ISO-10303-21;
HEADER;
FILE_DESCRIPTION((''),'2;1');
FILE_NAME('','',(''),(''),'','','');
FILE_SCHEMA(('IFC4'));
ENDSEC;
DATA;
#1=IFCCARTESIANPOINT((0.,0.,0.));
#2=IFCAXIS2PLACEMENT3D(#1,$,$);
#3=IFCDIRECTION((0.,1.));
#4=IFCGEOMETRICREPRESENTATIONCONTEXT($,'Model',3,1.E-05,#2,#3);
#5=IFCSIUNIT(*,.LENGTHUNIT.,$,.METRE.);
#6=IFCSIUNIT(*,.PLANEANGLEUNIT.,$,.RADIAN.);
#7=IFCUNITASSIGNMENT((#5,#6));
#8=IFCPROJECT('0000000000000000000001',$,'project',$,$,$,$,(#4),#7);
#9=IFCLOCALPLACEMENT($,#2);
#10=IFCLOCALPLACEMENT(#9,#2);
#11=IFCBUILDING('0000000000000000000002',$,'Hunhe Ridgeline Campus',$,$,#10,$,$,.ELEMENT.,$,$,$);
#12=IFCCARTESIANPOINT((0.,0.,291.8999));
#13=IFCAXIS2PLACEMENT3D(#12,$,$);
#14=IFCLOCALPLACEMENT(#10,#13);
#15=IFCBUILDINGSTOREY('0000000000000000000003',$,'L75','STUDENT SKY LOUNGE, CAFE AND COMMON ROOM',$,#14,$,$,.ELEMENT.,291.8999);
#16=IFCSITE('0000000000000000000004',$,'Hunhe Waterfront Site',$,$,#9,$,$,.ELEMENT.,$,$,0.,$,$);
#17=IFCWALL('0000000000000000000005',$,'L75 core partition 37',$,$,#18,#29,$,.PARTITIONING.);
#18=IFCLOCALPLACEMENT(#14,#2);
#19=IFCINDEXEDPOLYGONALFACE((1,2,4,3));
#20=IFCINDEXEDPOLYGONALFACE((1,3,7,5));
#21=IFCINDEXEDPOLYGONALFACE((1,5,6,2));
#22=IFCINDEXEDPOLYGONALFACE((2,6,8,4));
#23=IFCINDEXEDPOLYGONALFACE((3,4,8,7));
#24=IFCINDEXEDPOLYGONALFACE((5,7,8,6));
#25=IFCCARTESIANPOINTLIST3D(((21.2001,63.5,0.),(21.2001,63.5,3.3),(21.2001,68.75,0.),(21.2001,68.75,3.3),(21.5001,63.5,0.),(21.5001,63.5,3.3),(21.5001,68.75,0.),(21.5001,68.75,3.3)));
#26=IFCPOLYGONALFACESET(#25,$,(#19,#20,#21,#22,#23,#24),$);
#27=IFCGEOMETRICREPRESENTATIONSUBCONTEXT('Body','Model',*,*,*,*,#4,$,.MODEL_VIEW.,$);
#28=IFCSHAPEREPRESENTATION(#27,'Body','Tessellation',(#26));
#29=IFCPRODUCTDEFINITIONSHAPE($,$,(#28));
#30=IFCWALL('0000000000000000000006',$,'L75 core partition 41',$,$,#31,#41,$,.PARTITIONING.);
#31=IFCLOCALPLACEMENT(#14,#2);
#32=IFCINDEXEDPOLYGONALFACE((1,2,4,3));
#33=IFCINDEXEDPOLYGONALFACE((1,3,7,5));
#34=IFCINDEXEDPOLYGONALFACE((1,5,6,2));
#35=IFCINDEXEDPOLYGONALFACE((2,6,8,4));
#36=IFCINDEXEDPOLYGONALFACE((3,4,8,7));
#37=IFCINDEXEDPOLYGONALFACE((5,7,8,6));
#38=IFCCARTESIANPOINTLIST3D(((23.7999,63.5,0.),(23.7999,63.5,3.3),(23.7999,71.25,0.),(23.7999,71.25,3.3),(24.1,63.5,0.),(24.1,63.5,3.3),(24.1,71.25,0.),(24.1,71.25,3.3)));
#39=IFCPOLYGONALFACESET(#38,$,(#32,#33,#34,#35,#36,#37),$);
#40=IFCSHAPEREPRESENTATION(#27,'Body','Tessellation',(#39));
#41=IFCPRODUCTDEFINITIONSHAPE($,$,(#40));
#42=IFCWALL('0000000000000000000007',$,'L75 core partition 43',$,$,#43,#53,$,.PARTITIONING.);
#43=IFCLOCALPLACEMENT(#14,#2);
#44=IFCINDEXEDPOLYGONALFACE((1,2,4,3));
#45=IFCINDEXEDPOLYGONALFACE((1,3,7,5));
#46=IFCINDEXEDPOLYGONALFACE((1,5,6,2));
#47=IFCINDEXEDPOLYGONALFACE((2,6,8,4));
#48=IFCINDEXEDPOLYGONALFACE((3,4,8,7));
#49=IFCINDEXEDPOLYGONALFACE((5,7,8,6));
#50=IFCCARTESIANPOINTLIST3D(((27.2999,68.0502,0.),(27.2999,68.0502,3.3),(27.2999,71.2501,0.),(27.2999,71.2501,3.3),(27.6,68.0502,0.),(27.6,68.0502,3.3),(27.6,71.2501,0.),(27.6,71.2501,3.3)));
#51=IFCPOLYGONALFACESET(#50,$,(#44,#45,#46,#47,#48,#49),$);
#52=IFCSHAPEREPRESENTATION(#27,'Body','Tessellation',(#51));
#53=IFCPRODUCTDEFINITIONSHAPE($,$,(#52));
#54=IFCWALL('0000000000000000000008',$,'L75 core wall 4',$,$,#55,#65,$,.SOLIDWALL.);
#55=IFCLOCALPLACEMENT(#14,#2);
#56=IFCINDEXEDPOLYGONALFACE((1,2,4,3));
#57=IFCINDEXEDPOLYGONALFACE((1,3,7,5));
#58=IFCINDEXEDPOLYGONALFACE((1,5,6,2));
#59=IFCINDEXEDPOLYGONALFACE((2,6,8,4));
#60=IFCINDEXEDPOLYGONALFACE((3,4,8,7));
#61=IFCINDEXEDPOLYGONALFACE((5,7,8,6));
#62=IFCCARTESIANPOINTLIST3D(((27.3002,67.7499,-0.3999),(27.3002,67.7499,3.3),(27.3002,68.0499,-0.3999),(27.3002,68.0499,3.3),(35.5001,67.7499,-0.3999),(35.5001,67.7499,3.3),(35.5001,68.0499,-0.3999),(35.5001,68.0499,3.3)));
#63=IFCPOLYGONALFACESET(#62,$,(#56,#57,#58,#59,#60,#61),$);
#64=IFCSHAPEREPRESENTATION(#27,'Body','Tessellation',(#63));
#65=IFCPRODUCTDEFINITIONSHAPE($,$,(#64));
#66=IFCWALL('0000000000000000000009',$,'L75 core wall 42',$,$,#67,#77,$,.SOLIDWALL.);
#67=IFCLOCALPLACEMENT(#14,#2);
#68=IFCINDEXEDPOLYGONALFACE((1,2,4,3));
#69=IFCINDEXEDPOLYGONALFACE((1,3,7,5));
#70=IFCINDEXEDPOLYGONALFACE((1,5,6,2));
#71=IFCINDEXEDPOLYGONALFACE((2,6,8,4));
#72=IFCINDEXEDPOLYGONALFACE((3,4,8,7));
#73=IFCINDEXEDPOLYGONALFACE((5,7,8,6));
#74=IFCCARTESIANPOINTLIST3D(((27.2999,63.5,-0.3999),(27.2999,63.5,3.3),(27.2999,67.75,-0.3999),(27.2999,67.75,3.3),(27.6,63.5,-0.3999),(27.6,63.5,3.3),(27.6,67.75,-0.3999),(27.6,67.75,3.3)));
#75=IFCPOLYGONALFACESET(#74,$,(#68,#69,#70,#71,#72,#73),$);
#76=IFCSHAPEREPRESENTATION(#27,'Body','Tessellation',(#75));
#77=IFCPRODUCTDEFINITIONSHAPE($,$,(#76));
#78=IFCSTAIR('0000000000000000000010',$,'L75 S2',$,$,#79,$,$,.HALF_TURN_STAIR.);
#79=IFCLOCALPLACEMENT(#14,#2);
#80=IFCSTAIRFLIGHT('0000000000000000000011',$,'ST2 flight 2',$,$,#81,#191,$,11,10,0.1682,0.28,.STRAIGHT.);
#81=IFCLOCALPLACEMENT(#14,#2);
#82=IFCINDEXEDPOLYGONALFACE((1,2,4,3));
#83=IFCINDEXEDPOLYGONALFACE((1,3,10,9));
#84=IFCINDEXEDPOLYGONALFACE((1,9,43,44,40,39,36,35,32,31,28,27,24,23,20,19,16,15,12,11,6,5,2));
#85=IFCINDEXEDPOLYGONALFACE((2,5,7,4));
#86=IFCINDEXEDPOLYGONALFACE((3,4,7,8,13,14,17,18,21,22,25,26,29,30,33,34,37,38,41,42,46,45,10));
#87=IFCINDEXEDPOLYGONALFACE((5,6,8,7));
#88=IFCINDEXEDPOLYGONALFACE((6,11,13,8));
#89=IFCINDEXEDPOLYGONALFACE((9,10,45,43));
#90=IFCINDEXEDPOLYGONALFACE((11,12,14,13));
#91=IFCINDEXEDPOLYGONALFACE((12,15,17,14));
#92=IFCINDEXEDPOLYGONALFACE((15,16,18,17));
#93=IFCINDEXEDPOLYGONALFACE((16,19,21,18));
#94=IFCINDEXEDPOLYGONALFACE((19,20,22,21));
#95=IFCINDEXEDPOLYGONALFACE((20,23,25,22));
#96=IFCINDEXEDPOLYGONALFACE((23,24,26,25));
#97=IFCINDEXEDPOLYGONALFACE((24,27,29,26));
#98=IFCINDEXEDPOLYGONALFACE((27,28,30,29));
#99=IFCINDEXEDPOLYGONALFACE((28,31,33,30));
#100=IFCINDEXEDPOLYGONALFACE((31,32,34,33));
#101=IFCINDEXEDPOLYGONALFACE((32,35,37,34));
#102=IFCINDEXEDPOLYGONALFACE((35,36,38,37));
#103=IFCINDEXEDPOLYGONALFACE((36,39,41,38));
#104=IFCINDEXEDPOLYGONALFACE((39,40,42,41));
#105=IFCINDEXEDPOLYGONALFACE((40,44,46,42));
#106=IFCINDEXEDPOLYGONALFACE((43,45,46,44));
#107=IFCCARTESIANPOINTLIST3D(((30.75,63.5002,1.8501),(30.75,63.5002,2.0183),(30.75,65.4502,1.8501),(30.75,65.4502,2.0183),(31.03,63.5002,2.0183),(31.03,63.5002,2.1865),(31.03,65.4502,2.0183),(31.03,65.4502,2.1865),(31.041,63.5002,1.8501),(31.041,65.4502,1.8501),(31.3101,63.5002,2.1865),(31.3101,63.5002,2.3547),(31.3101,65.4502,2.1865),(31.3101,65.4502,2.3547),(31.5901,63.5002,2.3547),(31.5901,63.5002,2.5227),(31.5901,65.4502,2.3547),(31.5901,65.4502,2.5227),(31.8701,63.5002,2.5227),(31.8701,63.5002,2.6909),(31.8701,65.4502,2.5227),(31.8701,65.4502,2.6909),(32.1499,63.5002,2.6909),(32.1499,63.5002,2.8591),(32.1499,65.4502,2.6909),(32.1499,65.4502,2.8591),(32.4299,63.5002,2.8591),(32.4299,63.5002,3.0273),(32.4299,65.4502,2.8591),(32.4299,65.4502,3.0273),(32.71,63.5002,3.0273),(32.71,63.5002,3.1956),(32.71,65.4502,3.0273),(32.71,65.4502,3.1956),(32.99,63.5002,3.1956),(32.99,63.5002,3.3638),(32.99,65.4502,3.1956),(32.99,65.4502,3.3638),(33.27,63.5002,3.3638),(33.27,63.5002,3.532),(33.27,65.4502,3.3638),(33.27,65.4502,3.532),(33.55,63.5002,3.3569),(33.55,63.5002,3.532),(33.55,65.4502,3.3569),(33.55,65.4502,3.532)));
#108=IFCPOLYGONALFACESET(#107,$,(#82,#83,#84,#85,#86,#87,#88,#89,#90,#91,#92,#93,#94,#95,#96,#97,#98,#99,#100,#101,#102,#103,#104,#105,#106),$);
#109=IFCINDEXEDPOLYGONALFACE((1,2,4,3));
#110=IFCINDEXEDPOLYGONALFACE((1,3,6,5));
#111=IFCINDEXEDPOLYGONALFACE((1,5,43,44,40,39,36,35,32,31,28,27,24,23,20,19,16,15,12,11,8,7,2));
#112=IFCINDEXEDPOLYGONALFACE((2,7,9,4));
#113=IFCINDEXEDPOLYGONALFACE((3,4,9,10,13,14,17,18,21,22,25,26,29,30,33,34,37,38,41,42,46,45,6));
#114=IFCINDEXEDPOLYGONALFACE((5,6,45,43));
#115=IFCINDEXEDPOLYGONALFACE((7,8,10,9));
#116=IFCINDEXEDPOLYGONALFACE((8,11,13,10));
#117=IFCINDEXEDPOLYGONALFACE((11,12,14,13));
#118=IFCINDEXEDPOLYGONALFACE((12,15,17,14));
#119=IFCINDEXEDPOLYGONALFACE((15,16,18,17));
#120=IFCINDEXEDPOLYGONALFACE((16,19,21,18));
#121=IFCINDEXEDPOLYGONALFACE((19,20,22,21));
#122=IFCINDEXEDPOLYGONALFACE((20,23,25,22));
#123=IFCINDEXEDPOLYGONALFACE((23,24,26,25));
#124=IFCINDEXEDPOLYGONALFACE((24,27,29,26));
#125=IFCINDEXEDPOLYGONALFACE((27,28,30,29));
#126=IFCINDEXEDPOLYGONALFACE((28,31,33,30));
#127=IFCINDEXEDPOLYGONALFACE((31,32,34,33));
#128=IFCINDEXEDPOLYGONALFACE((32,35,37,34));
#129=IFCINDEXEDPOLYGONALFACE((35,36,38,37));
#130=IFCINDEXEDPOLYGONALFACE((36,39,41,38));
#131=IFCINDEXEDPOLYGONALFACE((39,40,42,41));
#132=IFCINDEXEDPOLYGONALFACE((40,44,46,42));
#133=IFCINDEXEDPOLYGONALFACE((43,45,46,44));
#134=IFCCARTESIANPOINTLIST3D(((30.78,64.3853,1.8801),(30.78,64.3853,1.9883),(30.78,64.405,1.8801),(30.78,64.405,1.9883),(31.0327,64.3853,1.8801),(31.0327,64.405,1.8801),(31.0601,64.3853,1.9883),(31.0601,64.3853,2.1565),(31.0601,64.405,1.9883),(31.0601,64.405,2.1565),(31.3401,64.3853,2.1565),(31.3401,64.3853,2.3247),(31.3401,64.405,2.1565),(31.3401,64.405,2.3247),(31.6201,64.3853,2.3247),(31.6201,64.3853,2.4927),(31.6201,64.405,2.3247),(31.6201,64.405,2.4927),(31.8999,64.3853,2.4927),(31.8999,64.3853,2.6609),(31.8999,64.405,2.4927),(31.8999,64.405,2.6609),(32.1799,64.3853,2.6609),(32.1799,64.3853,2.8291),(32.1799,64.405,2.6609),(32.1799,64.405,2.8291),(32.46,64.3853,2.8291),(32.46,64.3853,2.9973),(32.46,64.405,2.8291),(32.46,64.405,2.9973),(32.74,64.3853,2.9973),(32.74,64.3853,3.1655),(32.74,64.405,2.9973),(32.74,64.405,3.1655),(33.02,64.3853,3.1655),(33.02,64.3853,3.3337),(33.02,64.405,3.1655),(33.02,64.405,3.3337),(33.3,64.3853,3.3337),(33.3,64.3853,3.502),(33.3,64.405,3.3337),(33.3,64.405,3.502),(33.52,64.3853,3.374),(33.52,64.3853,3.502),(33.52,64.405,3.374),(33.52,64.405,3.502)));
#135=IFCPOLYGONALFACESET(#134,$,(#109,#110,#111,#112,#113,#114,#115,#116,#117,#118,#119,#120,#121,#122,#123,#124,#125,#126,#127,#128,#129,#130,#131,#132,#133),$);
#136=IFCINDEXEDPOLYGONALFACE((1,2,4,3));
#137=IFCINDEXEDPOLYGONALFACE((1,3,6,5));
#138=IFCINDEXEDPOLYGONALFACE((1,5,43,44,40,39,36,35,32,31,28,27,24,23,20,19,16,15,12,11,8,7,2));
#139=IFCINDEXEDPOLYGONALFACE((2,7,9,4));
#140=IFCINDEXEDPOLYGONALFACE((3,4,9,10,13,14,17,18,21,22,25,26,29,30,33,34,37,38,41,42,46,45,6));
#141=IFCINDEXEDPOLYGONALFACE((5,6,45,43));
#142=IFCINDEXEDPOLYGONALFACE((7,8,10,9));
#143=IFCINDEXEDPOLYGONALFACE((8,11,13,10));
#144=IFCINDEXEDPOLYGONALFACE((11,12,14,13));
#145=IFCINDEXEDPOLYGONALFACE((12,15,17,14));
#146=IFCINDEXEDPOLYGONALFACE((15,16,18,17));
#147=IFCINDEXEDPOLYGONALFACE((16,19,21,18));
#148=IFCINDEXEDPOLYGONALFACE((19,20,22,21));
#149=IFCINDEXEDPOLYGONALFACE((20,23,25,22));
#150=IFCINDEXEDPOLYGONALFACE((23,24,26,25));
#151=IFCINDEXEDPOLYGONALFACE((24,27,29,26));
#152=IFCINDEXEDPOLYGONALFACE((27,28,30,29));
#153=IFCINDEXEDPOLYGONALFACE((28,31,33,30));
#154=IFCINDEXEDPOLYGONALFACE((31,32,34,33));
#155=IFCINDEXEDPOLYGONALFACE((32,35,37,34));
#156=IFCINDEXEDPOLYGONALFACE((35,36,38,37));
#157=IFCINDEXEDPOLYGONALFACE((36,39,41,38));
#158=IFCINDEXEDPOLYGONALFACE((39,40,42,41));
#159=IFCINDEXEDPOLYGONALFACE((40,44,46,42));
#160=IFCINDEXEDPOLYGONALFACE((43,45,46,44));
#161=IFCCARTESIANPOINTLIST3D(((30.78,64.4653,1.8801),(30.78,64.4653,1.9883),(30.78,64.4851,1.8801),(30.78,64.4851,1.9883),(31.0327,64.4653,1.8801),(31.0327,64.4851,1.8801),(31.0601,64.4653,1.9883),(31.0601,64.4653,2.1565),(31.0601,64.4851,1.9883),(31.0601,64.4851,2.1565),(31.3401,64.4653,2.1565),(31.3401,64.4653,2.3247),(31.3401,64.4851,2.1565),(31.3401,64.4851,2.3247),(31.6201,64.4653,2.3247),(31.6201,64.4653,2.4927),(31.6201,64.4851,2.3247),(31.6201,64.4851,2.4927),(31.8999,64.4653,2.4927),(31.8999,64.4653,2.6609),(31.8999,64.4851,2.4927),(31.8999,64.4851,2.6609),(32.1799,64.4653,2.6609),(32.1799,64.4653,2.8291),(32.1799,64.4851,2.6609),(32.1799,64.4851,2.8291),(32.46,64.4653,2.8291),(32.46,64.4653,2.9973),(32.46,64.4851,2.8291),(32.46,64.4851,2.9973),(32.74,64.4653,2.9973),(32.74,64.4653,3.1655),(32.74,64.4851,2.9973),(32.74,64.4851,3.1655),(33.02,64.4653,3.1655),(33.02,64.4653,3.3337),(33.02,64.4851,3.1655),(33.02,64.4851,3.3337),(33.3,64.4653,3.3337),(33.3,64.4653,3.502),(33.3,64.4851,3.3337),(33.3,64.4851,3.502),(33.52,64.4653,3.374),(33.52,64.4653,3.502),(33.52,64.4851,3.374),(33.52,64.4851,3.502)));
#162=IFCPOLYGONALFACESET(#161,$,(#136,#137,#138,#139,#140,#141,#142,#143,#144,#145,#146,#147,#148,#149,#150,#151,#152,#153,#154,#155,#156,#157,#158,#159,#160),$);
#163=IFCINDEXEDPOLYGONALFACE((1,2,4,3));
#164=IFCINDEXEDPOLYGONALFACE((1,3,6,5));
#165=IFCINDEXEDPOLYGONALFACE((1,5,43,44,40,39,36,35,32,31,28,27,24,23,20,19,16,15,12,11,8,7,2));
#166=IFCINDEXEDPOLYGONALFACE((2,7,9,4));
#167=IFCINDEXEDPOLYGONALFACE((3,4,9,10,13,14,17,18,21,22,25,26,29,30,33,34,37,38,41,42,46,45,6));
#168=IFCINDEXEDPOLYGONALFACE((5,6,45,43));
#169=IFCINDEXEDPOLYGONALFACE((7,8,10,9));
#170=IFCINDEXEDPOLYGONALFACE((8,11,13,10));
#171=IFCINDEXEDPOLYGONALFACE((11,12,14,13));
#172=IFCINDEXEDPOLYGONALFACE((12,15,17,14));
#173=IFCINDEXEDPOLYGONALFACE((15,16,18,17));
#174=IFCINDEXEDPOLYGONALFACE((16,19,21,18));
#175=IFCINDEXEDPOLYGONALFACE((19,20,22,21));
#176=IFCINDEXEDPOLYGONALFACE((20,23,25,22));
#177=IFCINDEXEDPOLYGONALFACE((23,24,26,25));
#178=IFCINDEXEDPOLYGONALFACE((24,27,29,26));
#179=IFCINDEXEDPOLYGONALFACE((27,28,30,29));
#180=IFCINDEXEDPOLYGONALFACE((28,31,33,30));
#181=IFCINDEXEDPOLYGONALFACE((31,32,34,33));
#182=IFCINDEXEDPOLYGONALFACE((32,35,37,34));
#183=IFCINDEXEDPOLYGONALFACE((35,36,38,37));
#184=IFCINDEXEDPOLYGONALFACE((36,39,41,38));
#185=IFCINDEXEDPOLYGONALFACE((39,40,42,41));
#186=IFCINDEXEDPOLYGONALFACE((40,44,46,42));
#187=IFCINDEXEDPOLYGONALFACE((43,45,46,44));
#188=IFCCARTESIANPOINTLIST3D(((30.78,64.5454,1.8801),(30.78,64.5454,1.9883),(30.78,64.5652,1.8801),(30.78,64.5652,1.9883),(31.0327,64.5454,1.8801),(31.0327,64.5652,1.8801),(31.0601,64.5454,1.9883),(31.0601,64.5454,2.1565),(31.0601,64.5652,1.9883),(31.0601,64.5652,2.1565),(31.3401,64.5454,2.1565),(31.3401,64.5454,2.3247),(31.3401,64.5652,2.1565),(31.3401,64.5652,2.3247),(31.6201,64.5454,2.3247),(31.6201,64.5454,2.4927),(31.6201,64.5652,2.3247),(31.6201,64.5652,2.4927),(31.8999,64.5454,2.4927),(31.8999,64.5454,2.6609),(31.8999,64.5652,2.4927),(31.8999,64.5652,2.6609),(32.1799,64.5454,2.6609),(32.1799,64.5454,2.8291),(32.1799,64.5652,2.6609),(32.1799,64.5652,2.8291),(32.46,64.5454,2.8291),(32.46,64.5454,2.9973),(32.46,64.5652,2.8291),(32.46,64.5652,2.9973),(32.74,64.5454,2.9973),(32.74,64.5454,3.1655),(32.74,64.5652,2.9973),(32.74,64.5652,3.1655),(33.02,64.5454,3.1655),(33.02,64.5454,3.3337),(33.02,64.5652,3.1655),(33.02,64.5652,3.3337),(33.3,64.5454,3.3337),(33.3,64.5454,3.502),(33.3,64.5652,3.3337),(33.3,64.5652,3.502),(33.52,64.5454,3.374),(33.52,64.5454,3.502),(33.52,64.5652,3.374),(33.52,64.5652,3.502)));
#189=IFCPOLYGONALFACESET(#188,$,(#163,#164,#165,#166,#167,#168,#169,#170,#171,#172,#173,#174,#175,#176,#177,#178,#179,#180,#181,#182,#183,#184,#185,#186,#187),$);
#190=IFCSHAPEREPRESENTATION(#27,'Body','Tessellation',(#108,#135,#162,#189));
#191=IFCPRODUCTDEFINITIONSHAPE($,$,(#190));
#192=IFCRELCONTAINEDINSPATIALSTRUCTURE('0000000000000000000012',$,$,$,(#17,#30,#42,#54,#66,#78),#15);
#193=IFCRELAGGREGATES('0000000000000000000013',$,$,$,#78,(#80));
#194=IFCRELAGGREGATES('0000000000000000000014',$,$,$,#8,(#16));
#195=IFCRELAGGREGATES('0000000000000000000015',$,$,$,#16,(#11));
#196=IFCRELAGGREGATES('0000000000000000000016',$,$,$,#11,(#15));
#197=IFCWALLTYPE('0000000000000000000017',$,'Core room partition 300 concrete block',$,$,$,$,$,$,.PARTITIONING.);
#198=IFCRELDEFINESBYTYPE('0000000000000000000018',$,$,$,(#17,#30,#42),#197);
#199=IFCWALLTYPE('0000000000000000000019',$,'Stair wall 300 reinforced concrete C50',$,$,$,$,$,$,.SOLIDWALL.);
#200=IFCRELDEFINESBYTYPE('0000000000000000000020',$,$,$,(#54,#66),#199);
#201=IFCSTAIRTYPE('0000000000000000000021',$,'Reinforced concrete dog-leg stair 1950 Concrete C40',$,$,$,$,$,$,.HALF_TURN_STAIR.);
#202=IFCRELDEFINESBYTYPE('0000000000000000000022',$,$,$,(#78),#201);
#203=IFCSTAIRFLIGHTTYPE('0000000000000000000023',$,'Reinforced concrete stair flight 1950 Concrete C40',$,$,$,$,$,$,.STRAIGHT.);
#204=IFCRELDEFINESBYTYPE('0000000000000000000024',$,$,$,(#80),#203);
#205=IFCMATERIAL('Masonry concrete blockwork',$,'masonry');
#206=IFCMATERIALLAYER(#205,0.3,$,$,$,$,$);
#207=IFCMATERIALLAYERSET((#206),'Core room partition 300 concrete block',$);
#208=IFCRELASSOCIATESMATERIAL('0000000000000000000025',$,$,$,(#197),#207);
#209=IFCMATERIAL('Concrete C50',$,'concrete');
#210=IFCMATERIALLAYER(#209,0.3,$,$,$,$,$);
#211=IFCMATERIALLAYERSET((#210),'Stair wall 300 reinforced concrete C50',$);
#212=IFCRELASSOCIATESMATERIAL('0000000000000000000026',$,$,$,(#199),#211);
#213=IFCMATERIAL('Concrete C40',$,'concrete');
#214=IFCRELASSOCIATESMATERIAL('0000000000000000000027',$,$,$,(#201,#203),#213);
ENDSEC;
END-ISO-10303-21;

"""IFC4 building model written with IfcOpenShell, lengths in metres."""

from ifc_helpers import new_model, si_unit, direction, frame, frame_2d, origin, place, context, subcontext, project, spatial, polyline, rectangle, outline, extrude, material, layer, layer_set, type_object, element, aggregate, save


model = new_model("IFC4")

# Units and contexts
model_context = context("Model", 3, precision=1e-05, world=origin(), true_north=direction((0.0, 1.0)))
body_context = subcontext(model_context, "Body", "Model", "MODEL_VIEW")
ifc_project = project(units=[si_unit("LENGTHUNIT", "METRE"), si_unit("PLANEANGLEUNIT", "RADIAN")], contexts=[model_context])

# Site, building, storey
site_placement = place(None, origin())
site = spatial("IfcSite", under=ifc_project, at=site_placement, Name="Hunhe Waterfront Site", CompositionType="ELEMENT", RefElevation=0.0)
building_placement = place(site_placement, origin())
building = spatial("IfcBuilding", under=site, at=building_placement, Name="Hunhe Ridgeline Campus", CompositionType="ELEMENT")
storey_placement = place(building_placement, frame((0.0, 0.0, 291.8999)))
storey = spatial("IfcBuildingStorey", under=building, at=storey_placement, Name="L75", Description="STUDENT SKY LOUNGE, CAFE AND COMMON ROOM", CompositionType="ELEMENT", Elevation=291.8999)

# Shared definitions
ifc_material_1 = material(Name="Masonry concrete blockwork", Category="masonry")
ifc_layer_1 = layer(ifc_material_1, 0.3)
ifc_layer_set_1 = layer_set([ifc_layer_1], Name="Core room partition 300 concrete block")
wall_type_1 = type_object("IfcWallType", Name="Core room partition 300 concrete block", PredefinedType="PARTITIONING", material=ifc_layer_set_1)

# Walls
wall_1_placement = place(storey_placement, frame((21.3501, 63.5, 0.0), z_axis=(0.0, 0.0, 1.0), x_axis=(0.0, 1.0, 0.0)))
element("IfcWall", 1, at=wall_1_placement, inside=storey, type_object=wall_type_1, Name="L75 core partition 37", PredefinedType="PARTITIONING", context=body_context, shape_type="SweptSolid", body=[
    extrude(rectangle(XDim=5.25, YDim=0.3, at=frame_2d((2.625, 0.0))), origin(), (0.0, 0.0, 1.0), 3.3),
])
wall_2_placement = place(storey_placement, frame((23.95, 63.5, 0.0), z_axis=(0.0, 0.0, 1.0), x_axis=(0.0, 1.0, 0.0)))
element("IfcWall", 2, at=wall_2_placement, inside=storey, type_object=wall_type_1, Name="L75 core partition 41", PredefinedType="PARTITIONING", context=body_context, shape_type="SweptSolid", body=[
    extrude(rectangle(XDim=7.75, YDim=0.3, at=frame_2d((3.875, 0.0))), origin(), (0.0, 0.0, 1.0), 3.3),
])
wall_3_placement = place(storey_placement, frame((27.45, 68.05, 0.0), z_axis=(0.0, 0.0, 1.0), x_axis=(0.0, 1.0, 0.0)))
element("IfcWall", 3, at=wall_3_placement, inside=storey, type_object=wall_type_1, Name="L75 core partition 43", PredefinedType="PARTITIONING", context=body_context, shape_type="SweptSolid", body=[
    extrude(rectangle(XDim=3.2, YDim=0.3, at=frame_2d((1.6001, 0.0))), origin(), (0.0, 0.0, 1.0), 3.3),
])

# Walls
ifc_material_2 = material(Name="Concrete C50", Category="concrete")
ifc_layer_2 = layer(ifc_material_2, 0.3)
ifc_layer_set_2 = layer_set([ifc_layer_2], Name="Stair wall 300 reinforced concrete C50")
wall_type_2 = type_object("IfcWallType", Name="Stair wall 300 reinforced concrete C50", PredefinedType="SOLIDWALL", material=ifc_layer_set_2)
wall_4_placement = place(storey_placement, frame((27.3, 67.8999, -0.3999), z_axis=(0.0, 0.0, 1.0), x_axis=(1.0, 0.0, 0.0)))
element("IfcWall", 4, at=wall_4_placement, inside=storey, type_object=wall_type_2, Name="L75 core wall 4", PredefinedType="SOLIDWALL", context=body_context, shape_type="SweptSolid", body=[
    extrude(rectangle(XDim=8.2, YDim=0.3, at=frame_2d((4.1001, 0.0))), origin(), (0.0, 0.0, 1.0), 3.7),
])
wall_5_placement = place(storey_placement, frame((27.45, 63.5, -0.3999), z_axis=(0.0, 0.0, 1.0), x_axis=(0.0, 1.0, 0.0)))
element("IfcWall", 5, at=wall_5_placement, inside=storey, type_object=wall_type_2, Name="L75 core wall 42", PredefinedType="SOLIDWALL", context=body_context, shape_type="SweptSolid", body=[
    extrude(rectangle(XDim=4.25, YDim=0.3, at=frame_2d((2.125, 0.0))), origin(), (0.0, 0.0, 1.0), 3.7),
])

# Stair, stair flight
ifc_material_3 = material(Name="Concrete C40", Category="concrete")
stair_type = type_object("IfcStairType", Name="Reinforced concrete dog-leg stair 1950 Concrete C40", PredefinedType="HALF_TURN_STAIR", material=ifc_material_3)
stair_placement = place(storey_placement, origin())
stair = element("IfcStair", 6, at=stair_placement, inside=storey, type_object=stair_type, Name="L75 S2", PredefinedType="HALF_TURN_STAIR")
stair_flight_type = type_object("IfcStairFlightType", Name="Reinforced concrete stair flight 1950 Concrete C40", PredefinedType="STRAIGHT", material=ifc_material_3)
stair_flight_placement = place(storey_placement, frame((30.75, 64.4751, 1.8501), z_axis=(0.0, 0.0, 1.0), x_axis=(1.0, 0.0, 0.0)))
stair_flight = element("IfcStairFlight", 7, at=stair_flight_placement, type_object=stair_flight_type, Name="ST2 flight 2", NumberOfRisers=11, NumberOfTreads=10, PredefinedType="STRAIGHT", RiserHeight=0.1682, TreadLength=0.28, context=body_context, shape_type="SweptSolid", body=[
    extrude(outline(polyline([(0.0, 0.0), (0.0, 0.1682), (0.28, 0.1682), (0.28, 0.3364), (0.5601, 0.3364), (0.5601, 0.5046), (0.8401, 0.5046), (0.8401, 0.6726), (1.1201, 0.6726), (1.1201, 0.8408), (1.3999, 0.8408), (1.3999, 1.009), (1.6799, 1.009), (1.6799, 1.1772), (1.96, 1.1772), (1.96, 1.3455), (2.24, 1.3455), (2.24, 1.5137), (2.52, 1.5137), (2.52, 1.6819), (2.8, 1.6819), (2.8, 1.8501), (2.8, 1.5068), (0.291, 0.0), (0.0, 0.0)])), frame((0.0, 0.9751, 0.0), z_axis=(0.0, -1.0, 0.0), x_axis=(1.0, 0.0, 0.0)), (0.0, 0.0, 1.0), 1.95),
    extrude(outline(polyline([(0.03, 0.03), (0.03, 0.1382), (0.3101, 0.1382), (0.3101, 0.3064), (0.5901, 0.3064), (0.5901, 0.4746), (0.8701, 0.4746), (0.8701, 0.6426), (1.1499, 0.6426), (1.1499, 0.8108), (1.4299, 0.8108), (1.4299, 0.979), (1.71, 0.979), (1.71, 1.1472), (1.99, 1.1472), (1.99, 1.3154), (2.27, 1.3154), (2.27, 1.4836), (2.55, 1.4836), (2.55, 1.6519), (2.77, 1.6519), (2.77, 1.5239), (0.2827, 0.03), (0.03, 0.03)])), frame((0.0, -0.0701, 0.0), z_axis=(0.0, -1.0, 0.0), x_axis=(1.0, 0.0, 0.0)), (0.0, 0.0, 1.0), 0.0198),
    extrude(outline(polyline([(0.03, 0.03), (0.03, 0.1382), (0.3101, 0.1382), (0.3101, 0.3064), (0.5901, 0.3064), (0.5901, 0.4746), (0.8701, 0.4746), (0.8701, 0.6426), (1.1499, 0.6426), (1.1499, 0.8108), (1.4299, 0.8108), (1.4299, 0.979), (1.71, 0.979), (1.71, 1.1472), (1.99, 1.1472), (1.99, 1.3154), (2.27, 1.3154), (2.27, 1.4836), (2.55, 1.4836), (2.55, 1.6519), (2.77, 1.6519), (2.77, 1.5239), (0.2827, 0.03), (0.03, 0.03)])), frame((0.0, 0.01, 0.0), z_axis=(0.0, -1.0, 0.0), x_axis=(1.0, 0.0, 0.0)), (0.0, 0.0, 1.0), 0.0198),
    extrude(outline(polyline([(0.03, 0.03), (0.03, 0.1382), (0.3101, 0.1382), (0.3101, 0.3064), (0.5901, 0.3064), (0.5901, 0.4746), (0.8701, 0.4746), (0.8701, 0.6426), (1.1499, 0.6426), (1.1499, 0.8108), (1.4299, 0.8108), (1.4299, 0.979), (1.71, 0.979), (1.71, 1.1472), (1.99, 1.1472), (1.99, 1.3154), (2.27, 1.3154), (2.27, 1.4836), (2.55, 1.4836), (2.55, 1.6519), (2.77, 1.6519), (2.77, 1.5239), (0.2827, 0.03), (0.03, 0.03)])), frame((0.0, 0.0901, 0.0), z_axis=(0.0, -1.0, 0.0), x_axis=(1.0, 0.0, 0.0)), (0.0, 0.0, 1.0), 0.0198),
])
aggregate(stair, [stair_flight])

save(model, "model.ifc")
